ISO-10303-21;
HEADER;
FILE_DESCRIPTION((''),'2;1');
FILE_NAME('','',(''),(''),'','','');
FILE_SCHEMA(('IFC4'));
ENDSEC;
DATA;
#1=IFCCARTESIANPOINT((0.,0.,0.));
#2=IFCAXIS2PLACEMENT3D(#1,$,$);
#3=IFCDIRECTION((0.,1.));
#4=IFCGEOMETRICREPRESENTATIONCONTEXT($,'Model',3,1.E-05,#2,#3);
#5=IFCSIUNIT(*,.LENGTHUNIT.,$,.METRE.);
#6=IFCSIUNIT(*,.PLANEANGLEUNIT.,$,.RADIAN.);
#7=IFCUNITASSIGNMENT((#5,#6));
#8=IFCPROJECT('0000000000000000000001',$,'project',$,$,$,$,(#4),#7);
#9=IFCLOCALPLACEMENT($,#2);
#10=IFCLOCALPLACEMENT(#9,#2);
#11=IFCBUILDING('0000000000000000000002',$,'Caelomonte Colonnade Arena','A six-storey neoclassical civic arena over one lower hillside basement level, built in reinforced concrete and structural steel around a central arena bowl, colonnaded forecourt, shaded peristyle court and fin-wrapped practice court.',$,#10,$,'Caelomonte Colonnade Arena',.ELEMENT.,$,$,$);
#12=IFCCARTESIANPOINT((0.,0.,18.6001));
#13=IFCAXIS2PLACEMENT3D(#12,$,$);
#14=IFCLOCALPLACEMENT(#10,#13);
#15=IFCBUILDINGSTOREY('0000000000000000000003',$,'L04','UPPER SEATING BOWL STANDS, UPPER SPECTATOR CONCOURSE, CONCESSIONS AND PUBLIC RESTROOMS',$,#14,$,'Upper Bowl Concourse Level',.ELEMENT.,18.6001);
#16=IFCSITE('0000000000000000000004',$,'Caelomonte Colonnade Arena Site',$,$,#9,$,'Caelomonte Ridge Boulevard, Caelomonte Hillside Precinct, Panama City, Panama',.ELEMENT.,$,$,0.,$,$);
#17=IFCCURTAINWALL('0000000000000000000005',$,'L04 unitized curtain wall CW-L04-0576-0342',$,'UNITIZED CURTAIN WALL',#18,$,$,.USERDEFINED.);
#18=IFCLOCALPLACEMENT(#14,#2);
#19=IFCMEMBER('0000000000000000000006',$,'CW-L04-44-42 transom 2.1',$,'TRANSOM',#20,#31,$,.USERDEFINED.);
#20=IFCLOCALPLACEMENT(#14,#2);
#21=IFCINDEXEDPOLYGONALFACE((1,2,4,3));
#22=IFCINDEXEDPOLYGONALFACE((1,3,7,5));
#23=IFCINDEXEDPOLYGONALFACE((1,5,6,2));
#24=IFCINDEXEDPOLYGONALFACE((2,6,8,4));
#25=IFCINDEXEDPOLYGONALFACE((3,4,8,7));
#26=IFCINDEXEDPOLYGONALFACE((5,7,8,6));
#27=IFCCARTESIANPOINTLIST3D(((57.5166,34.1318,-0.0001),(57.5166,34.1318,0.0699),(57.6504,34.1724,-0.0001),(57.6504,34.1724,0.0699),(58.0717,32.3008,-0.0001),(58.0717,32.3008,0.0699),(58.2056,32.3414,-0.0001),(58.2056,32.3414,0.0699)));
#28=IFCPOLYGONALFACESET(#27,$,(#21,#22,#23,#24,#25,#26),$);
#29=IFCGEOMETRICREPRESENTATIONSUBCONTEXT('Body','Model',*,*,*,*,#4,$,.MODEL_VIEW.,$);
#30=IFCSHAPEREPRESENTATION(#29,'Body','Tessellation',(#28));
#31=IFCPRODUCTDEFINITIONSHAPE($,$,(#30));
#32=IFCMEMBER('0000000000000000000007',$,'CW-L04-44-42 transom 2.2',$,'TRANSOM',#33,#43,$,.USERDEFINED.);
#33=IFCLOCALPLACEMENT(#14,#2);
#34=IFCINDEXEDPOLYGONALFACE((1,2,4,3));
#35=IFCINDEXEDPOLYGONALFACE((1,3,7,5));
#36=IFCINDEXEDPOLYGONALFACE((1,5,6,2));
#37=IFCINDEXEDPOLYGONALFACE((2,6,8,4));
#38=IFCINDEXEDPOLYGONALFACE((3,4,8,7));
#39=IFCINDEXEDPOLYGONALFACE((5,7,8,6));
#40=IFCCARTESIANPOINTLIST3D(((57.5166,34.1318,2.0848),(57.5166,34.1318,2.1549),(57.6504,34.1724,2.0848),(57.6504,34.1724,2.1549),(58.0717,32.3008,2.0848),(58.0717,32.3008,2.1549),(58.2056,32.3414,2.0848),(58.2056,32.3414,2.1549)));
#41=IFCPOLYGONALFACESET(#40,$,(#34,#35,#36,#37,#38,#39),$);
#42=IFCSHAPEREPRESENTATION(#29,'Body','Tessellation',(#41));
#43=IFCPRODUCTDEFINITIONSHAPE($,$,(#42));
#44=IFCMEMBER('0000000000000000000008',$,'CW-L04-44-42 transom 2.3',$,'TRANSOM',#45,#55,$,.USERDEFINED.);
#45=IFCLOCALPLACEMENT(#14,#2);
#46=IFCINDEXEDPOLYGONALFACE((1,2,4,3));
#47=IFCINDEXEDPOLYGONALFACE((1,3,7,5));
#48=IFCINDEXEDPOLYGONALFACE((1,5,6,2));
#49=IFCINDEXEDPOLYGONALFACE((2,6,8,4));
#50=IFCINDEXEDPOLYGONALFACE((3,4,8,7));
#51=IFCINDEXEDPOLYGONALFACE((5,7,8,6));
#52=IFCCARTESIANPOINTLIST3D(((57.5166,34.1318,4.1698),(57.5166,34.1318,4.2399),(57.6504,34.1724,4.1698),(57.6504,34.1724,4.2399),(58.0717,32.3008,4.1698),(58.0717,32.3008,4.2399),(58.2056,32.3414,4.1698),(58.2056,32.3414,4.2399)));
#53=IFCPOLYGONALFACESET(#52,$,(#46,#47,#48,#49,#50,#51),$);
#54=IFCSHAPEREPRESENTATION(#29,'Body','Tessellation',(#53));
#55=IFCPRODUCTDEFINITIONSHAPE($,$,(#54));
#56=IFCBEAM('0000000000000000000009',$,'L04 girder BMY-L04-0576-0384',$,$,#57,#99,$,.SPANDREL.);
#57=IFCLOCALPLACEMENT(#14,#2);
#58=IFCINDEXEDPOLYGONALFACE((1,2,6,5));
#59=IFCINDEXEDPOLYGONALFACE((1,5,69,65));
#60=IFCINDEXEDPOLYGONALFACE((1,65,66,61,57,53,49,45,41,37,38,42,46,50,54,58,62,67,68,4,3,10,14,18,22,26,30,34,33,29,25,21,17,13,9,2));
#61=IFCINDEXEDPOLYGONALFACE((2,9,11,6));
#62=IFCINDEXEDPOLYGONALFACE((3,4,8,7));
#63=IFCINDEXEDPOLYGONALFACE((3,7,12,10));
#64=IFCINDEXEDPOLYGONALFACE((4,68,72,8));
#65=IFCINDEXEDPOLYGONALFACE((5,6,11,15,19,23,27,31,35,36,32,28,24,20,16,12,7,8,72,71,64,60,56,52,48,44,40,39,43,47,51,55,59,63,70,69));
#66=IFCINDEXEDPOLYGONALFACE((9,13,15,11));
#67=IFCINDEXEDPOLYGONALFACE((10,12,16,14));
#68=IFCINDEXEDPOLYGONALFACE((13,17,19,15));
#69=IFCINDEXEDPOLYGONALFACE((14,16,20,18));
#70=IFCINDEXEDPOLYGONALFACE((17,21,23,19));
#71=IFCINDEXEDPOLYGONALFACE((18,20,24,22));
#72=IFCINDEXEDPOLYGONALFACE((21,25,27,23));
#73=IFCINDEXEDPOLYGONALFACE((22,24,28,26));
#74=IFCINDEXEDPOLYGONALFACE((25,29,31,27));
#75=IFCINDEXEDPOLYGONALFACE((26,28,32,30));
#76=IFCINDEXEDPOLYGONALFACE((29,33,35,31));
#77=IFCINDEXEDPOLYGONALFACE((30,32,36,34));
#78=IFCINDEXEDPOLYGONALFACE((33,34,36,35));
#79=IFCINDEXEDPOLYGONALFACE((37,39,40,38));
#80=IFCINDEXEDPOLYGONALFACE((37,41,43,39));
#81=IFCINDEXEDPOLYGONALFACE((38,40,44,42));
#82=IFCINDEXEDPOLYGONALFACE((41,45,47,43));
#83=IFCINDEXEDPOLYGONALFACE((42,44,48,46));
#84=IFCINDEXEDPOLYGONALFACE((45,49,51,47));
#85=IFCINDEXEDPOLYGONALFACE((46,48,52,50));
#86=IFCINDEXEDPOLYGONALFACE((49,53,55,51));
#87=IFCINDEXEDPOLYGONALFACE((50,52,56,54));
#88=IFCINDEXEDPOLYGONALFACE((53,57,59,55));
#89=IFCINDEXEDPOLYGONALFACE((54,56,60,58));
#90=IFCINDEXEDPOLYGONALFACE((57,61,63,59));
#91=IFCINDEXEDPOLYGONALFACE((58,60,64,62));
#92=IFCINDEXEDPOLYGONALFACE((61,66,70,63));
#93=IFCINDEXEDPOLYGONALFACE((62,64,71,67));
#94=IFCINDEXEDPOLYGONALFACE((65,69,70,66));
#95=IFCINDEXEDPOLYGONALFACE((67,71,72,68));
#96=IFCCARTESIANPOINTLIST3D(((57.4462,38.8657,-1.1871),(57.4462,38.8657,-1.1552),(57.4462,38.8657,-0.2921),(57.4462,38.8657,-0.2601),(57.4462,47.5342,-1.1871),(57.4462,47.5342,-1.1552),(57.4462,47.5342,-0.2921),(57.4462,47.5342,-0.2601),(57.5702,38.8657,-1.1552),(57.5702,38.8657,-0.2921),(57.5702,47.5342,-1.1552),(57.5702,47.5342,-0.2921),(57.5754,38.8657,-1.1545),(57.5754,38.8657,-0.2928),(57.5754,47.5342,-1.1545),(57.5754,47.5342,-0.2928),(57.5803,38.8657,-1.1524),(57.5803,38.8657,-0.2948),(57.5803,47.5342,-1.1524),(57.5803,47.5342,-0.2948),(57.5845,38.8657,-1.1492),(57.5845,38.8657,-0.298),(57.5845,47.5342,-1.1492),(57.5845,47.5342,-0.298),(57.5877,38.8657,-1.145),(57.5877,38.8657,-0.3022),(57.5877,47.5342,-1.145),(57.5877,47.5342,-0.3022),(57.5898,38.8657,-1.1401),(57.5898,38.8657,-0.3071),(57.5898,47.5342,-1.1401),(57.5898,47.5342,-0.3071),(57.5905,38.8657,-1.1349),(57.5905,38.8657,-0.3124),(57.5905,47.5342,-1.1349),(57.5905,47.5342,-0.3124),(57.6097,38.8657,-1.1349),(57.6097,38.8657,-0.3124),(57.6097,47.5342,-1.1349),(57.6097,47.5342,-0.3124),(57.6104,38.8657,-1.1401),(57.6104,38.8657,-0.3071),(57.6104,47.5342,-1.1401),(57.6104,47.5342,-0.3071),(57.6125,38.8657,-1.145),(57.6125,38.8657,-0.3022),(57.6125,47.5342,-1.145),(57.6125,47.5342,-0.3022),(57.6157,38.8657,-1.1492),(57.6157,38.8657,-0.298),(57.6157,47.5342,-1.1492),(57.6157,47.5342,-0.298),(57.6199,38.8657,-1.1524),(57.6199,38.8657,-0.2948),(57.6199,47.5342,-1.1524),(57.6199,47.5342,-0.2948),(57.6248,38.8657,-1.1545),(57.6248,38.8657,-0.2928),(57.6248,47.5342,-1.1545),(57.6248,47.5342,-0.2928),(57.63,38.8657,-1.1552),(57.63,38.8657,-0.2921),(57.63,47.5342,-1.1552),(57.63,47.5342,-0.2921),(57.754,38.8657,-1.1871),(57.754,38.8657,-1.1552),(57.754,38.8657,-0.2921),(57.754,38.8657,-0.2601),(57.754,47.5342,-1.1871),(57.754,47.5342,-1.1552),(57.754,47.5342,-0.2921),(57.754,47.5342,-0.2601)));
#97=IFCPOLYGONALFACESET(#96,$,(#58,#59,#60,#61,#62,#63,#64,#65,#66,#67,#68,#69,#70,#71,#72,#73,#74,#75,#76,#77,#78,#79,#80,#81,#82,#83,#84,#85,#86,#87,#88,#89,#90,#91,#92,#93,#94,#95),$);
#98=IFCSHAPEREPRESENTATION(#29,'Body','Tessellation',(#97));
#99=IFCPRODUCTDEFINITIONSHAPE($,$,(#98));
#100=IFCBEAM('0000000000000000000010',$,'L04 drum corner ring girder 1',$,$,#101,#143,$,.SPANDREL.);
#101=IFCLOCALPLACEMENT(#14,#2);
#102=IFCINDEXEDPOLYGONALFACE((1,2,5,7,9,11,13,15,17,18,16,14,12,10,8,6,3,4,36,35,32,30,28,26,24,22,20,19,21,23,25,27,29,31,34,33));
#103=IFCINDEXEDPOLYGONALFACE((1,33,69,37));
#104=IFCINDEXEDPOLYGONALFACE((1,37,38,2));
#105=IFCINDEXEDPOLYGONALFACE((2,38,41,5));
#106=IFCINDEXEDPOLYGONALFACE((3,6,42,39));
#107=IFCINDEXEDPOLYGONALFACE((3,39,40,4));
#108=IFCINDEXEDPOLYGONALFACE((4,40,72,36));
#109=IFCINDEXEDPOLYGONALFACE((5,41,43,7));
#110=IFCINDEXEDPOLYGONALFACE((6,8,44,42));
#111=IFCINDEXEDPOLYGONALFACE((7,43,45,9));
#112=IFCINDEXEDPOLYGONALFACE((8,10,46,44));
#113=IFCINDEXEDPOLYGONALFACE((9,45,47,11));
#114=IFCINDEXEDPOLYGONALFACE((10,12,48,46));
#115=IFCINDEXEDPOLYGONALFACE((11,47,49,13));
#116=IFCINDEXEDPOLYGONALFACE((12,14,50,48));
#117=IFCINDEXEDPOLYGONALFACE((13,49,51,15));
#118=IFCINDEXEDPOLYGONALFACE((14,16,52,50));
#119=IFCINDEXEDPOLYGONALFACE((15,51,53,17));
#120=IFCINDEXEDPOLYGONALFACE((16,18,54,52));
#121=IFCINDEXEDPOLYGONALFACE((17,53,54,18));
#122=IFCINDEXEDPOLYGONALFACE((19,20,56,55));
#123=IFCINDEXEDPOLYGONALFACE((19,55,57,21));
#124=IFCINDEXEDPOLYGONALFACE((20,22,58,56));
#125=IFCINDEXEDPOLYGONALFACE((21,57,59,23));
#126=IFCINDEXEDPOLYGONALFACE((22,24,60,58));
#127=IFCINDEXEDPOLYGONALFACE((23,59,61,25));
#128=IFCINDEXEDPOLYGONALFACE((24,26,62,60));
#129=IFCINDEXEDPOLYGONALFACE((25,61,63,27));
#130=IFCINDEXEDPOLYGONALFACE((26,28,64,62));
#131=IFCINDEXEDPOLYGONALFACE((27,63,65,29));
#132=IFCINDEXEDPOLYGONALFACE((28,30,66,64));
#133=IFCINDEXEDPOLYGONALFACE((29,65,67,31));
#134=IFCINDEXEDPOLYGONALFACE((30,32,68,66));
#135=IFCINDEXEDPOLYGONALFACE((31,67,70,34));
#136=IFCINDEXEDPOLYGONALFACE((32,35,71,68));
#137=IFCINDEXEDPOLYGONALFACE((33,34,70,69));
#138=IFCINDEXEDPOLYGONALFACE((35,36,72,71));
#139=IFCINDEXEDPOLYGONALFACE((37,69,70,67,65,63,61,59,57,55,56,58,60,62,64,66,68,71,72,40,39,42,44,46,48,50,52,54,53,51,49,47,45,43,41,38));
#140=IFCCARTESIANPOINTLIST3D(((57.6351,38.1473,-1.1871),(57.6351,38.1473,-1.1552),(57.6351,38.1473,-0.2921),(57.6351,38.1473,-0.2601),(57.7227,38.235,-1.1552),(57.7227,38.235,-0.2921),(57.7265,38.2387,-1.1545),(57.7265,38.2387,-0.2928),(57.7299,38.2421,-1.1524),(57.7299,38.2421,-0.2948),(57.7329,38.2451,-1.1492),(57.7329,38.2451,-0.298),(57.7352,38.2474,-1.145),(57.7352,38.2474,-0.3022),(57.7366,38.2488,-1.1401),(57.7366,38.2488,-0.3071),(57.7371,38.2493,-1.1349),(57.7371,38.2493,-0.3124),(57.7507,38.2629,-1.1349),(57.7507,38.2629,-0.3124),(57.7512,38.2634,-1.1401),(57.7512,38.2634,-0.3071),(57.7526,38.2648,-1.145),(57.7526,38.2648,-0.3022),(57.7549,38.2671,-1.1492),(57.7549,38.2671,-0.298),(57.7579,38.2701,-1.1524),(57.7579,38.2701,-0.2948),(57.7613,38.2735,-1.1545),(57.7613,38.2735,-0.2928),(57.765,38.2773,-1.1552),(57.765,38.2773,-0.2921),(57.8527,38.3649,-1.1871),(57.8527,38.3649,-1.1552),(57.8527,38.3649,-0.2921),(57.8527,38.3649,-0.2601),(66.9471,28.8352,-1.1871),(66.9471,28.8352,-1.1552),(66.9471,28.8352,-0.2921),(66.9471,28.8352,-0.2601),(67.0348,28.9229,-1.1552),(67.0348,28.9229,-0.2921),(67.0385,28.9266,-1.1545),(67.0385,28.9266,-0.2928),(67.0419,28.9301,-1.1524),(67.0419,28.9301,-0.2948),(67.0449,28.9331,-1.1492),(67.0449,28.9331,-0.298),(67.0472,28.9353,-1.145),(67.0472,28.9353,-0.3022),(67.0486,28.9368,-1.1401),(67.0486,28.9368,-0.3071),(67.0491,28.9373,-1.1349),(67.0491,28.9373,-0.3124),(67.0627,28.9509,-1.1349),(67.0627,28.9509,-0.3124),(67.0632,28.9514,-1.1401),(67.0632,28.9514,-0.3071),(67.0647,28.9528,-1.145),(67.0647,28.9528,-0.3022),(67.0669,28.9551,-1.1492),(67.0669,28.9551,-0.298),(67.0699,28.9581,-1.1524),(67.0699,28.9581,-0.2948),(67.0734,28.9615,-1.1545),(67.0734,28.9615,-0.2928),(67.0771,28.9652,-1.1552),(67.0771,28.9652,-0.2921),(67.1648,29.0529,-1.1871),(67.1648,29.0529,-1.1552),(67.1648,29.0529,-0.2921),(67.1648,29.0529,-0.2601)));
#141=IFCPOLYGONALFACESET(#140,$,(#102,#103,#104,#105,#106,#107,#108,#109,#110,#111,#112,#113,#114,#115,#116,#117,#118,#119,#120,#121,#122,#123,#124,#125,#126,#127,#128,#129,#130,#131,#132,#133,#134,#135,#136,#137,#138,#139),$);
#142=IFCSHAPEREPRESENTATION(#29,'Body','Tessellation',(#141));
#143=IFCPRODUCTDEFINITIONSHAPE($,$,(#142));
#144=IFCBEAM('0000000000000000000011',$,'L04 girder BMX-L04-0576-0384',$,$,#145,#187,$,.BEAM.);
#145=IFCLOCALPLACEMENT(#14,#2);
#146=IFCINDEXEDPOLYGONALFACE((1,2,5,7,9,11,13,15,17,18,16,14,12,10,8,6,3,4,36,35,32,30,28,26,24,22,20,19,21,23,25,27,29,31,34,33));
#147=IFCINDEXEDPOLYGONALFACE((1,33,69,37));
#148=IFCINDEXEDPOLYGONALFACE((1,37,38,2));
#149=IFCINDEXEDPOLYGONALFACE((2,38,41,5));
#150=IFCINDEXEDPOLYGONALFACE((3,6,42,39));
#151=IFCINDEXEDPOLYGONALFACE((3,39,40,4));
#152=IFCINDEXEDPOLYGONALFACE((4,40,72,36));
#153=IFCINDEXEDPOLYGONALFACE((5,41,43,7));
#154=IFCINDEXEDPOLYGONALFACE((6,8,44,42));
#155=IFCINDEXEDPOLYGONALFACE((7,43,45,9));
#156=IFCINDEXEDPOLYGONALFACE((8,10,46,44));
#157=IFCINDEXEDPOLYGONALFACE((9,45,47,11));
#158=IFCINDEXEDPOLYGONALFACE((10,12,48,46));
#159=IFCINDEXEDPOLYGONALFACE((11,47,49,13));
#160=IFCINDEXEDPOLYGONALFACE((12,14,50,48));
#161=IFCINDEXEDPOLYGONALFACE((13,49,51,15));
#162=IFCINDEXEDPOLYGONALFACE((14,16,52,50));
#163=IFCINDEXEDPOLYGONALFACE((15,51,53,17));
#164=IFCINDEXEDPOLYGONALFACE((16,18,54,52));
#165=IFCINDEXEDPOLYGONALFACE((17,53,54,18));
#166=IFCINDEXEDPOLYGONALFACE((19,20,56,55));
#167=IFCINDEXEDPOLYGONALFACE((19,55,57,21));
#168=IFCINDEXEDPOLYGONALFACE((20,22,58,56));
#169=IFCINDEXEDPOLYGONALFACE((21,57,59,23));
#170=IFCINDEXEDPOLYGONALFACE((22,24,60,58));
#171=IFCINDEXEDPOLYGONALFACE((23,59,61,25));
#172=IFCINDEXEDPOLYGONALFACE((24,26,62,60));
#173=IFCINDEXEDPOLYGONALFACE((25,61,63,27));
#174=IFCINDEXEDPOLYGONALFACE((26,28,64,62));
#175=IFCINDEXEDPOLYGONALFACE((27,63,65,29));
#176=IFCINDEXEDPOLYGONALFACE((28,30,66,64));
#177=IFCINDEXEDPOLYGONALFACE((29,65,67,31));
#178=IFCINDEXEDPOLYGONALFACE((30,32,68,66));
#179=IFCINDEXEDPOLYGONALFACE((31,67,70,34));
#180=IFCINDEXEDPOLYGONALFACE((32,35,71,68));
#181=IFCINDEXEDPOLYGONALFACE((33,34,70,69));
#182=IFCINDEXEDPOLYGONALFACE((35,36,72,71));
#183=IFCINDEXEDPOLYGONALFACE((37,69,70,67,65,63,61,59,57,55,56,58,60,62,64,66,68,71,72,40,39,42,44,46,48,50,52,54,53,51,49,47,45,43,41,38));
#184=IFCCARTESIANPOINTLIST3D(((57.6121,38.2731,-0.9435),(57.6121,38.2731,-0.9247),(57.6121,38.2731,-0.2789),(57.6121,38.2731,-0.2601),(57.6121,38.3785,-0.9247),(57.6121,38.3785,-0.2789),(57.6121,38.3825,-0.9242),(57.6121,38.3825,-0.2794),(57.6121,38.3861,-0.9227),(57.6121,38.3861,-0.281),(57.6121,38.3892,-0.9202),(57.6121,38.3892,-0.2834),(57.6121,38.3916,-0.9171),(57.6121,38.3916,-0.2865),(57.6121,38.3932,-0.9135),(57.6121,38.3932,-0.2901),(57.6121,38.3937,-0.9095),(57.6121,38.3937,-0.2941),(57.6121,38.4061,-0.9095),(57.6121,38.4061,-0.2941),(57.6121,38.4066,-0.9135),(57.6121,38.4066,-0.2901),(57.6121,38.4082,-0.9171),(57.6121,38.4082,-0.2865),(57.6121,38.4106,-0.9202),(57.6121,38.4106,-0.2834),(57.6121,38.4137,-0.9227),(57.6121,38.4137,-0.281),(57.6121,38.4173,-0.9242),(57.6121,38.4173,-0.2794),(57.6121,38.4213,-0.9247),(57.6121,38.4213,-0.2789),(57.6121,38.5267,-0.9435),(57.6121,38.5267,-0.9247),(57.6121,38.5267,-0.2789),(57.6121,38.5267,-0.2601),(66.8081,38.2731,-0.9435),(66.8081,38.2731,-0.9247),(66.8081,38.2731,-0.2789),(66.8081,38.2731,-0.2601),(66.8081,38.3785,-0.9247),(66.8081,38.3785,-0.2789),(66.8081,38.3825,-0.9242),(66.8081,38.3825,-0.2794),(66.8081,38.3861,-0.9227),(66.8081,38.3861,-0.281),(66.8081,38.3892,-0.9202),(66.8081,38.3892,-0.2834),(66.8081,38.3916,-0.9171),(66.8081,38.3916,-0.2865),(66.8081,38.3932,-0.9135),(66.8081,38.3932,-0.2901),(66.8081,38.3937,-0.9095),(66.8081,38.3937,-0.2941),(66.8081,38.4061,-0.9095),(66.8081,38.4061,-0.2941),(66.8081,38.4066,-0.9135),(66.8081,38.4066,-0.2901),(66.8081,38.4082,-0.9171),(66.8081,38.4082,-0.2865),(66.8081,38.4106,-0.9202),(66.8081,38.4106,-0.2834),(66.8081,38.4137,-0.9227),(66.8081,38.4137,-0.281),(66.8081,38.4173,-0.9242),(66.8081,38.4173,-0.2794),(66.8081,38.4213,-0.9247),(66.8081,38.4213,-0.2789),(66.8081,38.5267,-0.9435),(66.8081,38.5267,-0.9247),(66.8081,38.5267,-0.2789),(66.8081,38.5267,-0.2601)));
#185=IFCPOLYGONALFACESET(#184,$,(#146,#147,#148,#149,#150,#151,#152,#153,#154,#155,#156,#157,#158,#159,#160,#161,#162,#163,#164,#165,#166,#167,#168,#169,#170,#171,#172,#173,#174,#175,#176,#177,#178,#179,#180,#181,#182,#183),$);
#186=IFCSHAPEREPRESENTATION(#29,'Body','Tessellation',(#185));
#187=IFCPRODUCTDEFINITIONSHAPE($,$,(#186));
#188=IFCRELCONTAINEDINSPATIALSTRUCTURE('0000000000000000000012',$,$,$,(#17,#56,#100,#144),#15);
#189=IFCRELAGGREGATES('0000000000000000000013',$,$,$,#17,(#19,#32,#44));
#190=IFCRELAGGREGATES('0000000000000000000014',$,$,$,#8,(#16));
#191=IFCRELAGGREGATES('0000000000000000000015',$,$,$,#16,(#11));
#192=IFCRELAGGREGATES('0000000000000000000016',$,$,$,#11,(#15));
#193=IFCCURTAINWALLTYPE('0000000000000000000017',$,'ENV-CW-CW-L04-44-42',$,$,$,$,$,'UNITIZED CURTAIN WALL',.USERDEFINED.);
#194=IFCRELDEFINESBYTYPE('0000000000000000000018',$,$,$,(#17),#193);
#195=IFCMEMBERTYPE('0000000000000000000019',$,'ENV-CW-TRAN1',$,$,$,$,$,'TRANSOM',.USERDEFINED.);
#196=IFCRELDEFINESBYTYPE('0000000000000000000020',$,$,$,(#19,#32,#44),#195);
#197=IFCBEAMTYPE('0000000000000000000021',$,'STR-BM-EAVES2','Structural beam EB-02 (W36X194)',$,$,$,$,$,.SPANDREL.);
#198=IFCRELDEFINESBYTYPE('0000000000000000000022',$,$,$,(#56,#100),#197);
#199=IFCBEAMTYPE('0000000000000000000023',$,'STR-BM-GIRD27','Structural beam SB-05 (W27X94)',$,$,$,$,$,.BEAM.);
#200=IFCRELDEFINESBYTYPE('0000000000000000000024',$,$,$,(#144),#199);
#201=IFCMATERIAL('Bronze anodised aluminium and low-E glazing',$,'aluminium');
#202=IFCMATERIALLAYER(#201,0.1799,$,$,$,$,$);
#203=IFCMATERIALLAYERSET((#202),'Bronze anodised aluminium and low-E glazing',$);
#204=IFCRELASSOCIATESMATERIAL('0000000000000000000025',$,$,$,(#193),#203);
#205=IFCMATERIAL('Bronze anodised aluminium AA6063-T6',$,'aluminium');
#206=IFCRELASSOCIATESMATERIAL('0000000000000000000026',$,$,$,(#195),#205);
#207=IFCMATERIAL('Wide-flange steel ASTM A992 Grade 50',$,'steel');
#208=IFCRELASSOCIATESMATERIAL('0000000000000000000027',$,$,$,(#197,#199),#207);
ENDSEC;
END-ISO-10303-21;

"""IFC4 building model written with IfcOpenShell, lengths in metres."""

from ifc_helpers import new_model, si_unit, direction, frame, origin, origin_2d, place, context, subcontext, project, spatial, rectangle, i_section, extrude, material, layer, layer_set, material_profile, profile_set, type_object, element, aggregate, save


model = new_model("IFC4")

# Units and contexts
model_context = context("Model", 3, precision=1e-05, world=origin(), true_north=direction((0.0, 1.0)))
body_context = subcontext(model_context, "Body", "Model", "MODEL_VIEW")
ifc_project = project(units=[si_unit("LENGTHUNIT", "METRE"), si_unit("PLANEANGLEUNIT", "RADIAN")], contexts=[model_context])

# Site, building, storey
site_placement = place(None, origin())
site = spatial("IfcSite", under=ifc_project, at=site_placement, Name="Caelomonte Colonnade Arena Site", LongName="Caelomonte Ridge Boulevard, Caelomonte Hillside Precinct, Panama City, Panama", CompositionType="ELEMENT", RefElevation=0.0)
building_placement = place(site_placement, origin())
building = spatial("IfcBuilding", under=site, at=building_placement, Name="Caelomonte Colonnade Arena", Description="A six-storey neoclassical civic arena over one lower hillside basement level, built in reinforced concrete and structural steel around a central arena bowl, colonnaded forecourt, shaded peristyle court and fin-wrapped practice court.", LongName="Caelomonte Colonnade Arena", CompositionType="ELEMENT")
storey_placement = place(building_placement, frame((0.0, 0.0, 18.6001)))
storey = spatial("IfcBuildingStorey", under=building, at=storey_placement, Name="L04", Description="UPPER SEATING BOWL STANDS, UPPER SPECTATOR CONCOURSE, CONCESSIONS AND PUBLIC RESTROOMS", LongName="Upper Bowl Concourse Level", CompositionType="ELEMENT", Elevation=18.6001)

# Shared definitions
ifc_material_1 = material(Name="Wide-flange steel ASTM A992 Grade 50", Category="steel")

# Curtain wall
ifc_material_2 = material(Name="Bronze anodised aluminium and low-E glazing", Category="aluminium")
ifc_layer_1 = layer(ifc_material_2, 0.1799)
ifc_layer_set_1 = layer_set([ifc_layer_1], Name="Bronze anodised aluminium and low-E glazing")
curtain_wall_type = type_object("IfcCurtainWallType", Name="ENV-CW-CW-L04-44-42", ElementType="UNITIZED CURTAIN WALL", PredefinedType="USERDEFINED", material=ifc_layer_set_1)
ifc_material_3 = material(Name="Bronze anodised aluminium AA6063-T6", Category="aluminium")
curtain_wall_1_placement = place(storey_placement, origin())
curtain_wall_1 = element("IfcCurtainWall", 1, at=curtain_wall_1_placement, inside=storey, type_object=curtain_wall_type, Name="L04 unitized curtain wall CW-L04-0576-0342", ObjectType="UNITIZED CURTAIN WALL", PredefinedType="USERDEFINED")

# Members
ifc_material_profile_1 = material_profile(ifc_material_3, rectangle(XDim=0.0701, YDim=0.1399, at=origin_2d()), Name="CWT-70X140")
ifc_profile_set_1 = profile_set([ifc_material_profile_1], Name="Bronze anodised aluminium AA6063-T6")
member_type_1 = type_object("IfcMemberType", Name="ENV-CW-TRAN1", ElementType="TRANSOM", PredefinedType="USERDEFINED", material=ifc_profile_set_1)
member_1_placement = place(storey_placement, frame((57.5835, 34.1521, 0.0349), z_axis=(0.290156, -0.956979, 0.0), x_axis=(0.0, 0.0, 1.0)))
member_1 = element("IfcMember", 2, at=member_1_placement, type_object=member_type_1, Name="CW-L04-44-42 transom 2.1", ObjectType="TRANSOM", PredefinedType="USERDEFINED", context=body_context, shape_type="SweptSolid", body=[
    extrude(rectangle(XDim=0.0701, YDim=0.1399, at=origin_2d()), origin(), (0.0, 0.0, 1.0), 1.9133),
])
member_2_placement = place(storey_placement, frame((57.5835, 34.1521, 2.1199), z_axis=(0.290156, -0.956979, 0.0), x_axis=(0.0, 0.0, 1.0)))
member_2 = element("IfcMember", 3, at=member_2_placement, type_object=member_type_1, Name="CW-L04-44-42 transom 2.2", ObjectType="TRANSOM", PredefinedType="USERDEFINED", context=body_context, shape_type="SweptSolid", body=[
    extrude(rectangle(XDim=0.0701, YDim=0.1399, at=origin_2d()), origin(), (0.0, 0.0, 1.0), 1.9133),
])
member_3_placement = place(storey_placement, frame((57.5835, 34.1521, 4.2048), z_axis=(0.290156, -0.956979, 0.0), x_axis=(0.0, 0.0, 1.0)))
member_3 = element("IfcMember", 4, at=member_3_placement, type_object=member_type_1, Name="CW-L04-44-42 transom 2.3", ObjectType="TRANSOM", PredefinedType="USERDEFINED", context=body_context, shape_type="SweptSolid", body=[
    extrude(rectangle(XDim=0.0701, YDim=0.1399, at=origin_2d()), origin(), (0.0, 0.0, 1.0), 1.9133),
])

# Beams
ifc_material_profile_2 = material_profile(ifc_material_1, i_section(OverallWidth=0.3079, OverallDepth=0.927, WebThickness=0.0193, FlangeThickness=0.032, FilletRadius=0.0203, at=origin_2d()), Name="W36X194")
ifc_profile_set_2 = profile_set([ifc_material_profile_2], Name="Wide-flange steel ASTM A992 Grade 50")
beam_type_1 = type_object("IfcBeamType", Name="STR-BM-EAVES2", Description="Structural beam EB-02 (W36X194)", PredefinedType="SPANDREL", material=ifc_profile_set_2)
beam_1_placement = place(storey_placement, frame((57.6001, 38.8657, -0.7236), z_axis=(0.0, 1.0, 0.0), x_axis=(-1.0, 0.0, 0.0)))
element("IfcBeam", 5, at=beam_1_placement, inside=storey, type_object=beam_type_1, Name="L04 girder BMY-L04-0576-0384", PredefinedType="SPANDREL", context=body_context, shape_type="SweptSolid", body=[
    extrude(i_section(OverallWidth=0.3079, OverallDepth=0.927, WebThickness=0.0193, FlangeThickness=0.032, FilletRadius=0.0203, at=origin_2d()), origin(), (0.0, 0.0, 1.0), 8.6685),
])
beam_2_placement = place(storey_placement, frame((57.7439, 38.2561, -0.7236), z_axis=(0.707107, -0.707107, 0.0), x_axis=(0.707107, 0.707107, 0.0)))
element("IfcBeam", 6, at=beam_2_placement, inside=storey, type_object=beam_type_1, Name="L04 drum corner ring girder 1", PredefinedType="SPANDREL", context=body_context, shape_type="SweptSolid", body=[
    extrude(i_section(OverallWidth=0.3079, OverallDepth=0.927, WebThickness=0.0193, FlangeThickness=0.032, FilletRadius=0.0203, at=origin_2d()), origin(), (0.0, 0.0, 1.0), 13.1692),
])
ifc_material_profile_3 = material_profile(ifc_material_1, i_section(OverallWidth=0.2537, OverallDepth=0.6833, WebThickness=0.0125, FlangeThickness=0.0188, FilletRadius=0.0151, at=origin_2d()), Name="W27X94")
ifc_profile_set_3 = profile_set([ifc_material_profile_3], Name="Wide-flange steel ASTM A992 Grade 50")
beam_type_2 = type_object("IfcBeamType", Name="STR-BM-GIRD27", Description="Structural beam SB-05 (W27X94)", PredefinedType="BEAM", material=ifc_profile_set_3)
beam_3_placement = place(storey_placement, frame((57.6121, 38.3999, -0.6018), z_axis=(1.0, 0.0, 0.0), x_axis=(0.0, 1.0, 0.0)))
element("IfcBeam", 7, at=beam_3_placement, inside=storey, type_object=beam_type_2, Name="L04 girder BMX-L04-0576-0384", PredefinedType="BEAM", context=body_context, shape_type="SweptSolid", body=[
    extrude(i_section(OverallWidth=0.2537, OverallDepth=0.6833, WebThickness=0.0125, FlangeThickness=0.0188, FilletRadius=0.0151, at=origin_2d()), origin(), (0.0, 0.0, 1.0), 9.196),
])

aggregate(curtain_wall_1, [member_1, member_2, member_3])

save(model, "model.ifc")
